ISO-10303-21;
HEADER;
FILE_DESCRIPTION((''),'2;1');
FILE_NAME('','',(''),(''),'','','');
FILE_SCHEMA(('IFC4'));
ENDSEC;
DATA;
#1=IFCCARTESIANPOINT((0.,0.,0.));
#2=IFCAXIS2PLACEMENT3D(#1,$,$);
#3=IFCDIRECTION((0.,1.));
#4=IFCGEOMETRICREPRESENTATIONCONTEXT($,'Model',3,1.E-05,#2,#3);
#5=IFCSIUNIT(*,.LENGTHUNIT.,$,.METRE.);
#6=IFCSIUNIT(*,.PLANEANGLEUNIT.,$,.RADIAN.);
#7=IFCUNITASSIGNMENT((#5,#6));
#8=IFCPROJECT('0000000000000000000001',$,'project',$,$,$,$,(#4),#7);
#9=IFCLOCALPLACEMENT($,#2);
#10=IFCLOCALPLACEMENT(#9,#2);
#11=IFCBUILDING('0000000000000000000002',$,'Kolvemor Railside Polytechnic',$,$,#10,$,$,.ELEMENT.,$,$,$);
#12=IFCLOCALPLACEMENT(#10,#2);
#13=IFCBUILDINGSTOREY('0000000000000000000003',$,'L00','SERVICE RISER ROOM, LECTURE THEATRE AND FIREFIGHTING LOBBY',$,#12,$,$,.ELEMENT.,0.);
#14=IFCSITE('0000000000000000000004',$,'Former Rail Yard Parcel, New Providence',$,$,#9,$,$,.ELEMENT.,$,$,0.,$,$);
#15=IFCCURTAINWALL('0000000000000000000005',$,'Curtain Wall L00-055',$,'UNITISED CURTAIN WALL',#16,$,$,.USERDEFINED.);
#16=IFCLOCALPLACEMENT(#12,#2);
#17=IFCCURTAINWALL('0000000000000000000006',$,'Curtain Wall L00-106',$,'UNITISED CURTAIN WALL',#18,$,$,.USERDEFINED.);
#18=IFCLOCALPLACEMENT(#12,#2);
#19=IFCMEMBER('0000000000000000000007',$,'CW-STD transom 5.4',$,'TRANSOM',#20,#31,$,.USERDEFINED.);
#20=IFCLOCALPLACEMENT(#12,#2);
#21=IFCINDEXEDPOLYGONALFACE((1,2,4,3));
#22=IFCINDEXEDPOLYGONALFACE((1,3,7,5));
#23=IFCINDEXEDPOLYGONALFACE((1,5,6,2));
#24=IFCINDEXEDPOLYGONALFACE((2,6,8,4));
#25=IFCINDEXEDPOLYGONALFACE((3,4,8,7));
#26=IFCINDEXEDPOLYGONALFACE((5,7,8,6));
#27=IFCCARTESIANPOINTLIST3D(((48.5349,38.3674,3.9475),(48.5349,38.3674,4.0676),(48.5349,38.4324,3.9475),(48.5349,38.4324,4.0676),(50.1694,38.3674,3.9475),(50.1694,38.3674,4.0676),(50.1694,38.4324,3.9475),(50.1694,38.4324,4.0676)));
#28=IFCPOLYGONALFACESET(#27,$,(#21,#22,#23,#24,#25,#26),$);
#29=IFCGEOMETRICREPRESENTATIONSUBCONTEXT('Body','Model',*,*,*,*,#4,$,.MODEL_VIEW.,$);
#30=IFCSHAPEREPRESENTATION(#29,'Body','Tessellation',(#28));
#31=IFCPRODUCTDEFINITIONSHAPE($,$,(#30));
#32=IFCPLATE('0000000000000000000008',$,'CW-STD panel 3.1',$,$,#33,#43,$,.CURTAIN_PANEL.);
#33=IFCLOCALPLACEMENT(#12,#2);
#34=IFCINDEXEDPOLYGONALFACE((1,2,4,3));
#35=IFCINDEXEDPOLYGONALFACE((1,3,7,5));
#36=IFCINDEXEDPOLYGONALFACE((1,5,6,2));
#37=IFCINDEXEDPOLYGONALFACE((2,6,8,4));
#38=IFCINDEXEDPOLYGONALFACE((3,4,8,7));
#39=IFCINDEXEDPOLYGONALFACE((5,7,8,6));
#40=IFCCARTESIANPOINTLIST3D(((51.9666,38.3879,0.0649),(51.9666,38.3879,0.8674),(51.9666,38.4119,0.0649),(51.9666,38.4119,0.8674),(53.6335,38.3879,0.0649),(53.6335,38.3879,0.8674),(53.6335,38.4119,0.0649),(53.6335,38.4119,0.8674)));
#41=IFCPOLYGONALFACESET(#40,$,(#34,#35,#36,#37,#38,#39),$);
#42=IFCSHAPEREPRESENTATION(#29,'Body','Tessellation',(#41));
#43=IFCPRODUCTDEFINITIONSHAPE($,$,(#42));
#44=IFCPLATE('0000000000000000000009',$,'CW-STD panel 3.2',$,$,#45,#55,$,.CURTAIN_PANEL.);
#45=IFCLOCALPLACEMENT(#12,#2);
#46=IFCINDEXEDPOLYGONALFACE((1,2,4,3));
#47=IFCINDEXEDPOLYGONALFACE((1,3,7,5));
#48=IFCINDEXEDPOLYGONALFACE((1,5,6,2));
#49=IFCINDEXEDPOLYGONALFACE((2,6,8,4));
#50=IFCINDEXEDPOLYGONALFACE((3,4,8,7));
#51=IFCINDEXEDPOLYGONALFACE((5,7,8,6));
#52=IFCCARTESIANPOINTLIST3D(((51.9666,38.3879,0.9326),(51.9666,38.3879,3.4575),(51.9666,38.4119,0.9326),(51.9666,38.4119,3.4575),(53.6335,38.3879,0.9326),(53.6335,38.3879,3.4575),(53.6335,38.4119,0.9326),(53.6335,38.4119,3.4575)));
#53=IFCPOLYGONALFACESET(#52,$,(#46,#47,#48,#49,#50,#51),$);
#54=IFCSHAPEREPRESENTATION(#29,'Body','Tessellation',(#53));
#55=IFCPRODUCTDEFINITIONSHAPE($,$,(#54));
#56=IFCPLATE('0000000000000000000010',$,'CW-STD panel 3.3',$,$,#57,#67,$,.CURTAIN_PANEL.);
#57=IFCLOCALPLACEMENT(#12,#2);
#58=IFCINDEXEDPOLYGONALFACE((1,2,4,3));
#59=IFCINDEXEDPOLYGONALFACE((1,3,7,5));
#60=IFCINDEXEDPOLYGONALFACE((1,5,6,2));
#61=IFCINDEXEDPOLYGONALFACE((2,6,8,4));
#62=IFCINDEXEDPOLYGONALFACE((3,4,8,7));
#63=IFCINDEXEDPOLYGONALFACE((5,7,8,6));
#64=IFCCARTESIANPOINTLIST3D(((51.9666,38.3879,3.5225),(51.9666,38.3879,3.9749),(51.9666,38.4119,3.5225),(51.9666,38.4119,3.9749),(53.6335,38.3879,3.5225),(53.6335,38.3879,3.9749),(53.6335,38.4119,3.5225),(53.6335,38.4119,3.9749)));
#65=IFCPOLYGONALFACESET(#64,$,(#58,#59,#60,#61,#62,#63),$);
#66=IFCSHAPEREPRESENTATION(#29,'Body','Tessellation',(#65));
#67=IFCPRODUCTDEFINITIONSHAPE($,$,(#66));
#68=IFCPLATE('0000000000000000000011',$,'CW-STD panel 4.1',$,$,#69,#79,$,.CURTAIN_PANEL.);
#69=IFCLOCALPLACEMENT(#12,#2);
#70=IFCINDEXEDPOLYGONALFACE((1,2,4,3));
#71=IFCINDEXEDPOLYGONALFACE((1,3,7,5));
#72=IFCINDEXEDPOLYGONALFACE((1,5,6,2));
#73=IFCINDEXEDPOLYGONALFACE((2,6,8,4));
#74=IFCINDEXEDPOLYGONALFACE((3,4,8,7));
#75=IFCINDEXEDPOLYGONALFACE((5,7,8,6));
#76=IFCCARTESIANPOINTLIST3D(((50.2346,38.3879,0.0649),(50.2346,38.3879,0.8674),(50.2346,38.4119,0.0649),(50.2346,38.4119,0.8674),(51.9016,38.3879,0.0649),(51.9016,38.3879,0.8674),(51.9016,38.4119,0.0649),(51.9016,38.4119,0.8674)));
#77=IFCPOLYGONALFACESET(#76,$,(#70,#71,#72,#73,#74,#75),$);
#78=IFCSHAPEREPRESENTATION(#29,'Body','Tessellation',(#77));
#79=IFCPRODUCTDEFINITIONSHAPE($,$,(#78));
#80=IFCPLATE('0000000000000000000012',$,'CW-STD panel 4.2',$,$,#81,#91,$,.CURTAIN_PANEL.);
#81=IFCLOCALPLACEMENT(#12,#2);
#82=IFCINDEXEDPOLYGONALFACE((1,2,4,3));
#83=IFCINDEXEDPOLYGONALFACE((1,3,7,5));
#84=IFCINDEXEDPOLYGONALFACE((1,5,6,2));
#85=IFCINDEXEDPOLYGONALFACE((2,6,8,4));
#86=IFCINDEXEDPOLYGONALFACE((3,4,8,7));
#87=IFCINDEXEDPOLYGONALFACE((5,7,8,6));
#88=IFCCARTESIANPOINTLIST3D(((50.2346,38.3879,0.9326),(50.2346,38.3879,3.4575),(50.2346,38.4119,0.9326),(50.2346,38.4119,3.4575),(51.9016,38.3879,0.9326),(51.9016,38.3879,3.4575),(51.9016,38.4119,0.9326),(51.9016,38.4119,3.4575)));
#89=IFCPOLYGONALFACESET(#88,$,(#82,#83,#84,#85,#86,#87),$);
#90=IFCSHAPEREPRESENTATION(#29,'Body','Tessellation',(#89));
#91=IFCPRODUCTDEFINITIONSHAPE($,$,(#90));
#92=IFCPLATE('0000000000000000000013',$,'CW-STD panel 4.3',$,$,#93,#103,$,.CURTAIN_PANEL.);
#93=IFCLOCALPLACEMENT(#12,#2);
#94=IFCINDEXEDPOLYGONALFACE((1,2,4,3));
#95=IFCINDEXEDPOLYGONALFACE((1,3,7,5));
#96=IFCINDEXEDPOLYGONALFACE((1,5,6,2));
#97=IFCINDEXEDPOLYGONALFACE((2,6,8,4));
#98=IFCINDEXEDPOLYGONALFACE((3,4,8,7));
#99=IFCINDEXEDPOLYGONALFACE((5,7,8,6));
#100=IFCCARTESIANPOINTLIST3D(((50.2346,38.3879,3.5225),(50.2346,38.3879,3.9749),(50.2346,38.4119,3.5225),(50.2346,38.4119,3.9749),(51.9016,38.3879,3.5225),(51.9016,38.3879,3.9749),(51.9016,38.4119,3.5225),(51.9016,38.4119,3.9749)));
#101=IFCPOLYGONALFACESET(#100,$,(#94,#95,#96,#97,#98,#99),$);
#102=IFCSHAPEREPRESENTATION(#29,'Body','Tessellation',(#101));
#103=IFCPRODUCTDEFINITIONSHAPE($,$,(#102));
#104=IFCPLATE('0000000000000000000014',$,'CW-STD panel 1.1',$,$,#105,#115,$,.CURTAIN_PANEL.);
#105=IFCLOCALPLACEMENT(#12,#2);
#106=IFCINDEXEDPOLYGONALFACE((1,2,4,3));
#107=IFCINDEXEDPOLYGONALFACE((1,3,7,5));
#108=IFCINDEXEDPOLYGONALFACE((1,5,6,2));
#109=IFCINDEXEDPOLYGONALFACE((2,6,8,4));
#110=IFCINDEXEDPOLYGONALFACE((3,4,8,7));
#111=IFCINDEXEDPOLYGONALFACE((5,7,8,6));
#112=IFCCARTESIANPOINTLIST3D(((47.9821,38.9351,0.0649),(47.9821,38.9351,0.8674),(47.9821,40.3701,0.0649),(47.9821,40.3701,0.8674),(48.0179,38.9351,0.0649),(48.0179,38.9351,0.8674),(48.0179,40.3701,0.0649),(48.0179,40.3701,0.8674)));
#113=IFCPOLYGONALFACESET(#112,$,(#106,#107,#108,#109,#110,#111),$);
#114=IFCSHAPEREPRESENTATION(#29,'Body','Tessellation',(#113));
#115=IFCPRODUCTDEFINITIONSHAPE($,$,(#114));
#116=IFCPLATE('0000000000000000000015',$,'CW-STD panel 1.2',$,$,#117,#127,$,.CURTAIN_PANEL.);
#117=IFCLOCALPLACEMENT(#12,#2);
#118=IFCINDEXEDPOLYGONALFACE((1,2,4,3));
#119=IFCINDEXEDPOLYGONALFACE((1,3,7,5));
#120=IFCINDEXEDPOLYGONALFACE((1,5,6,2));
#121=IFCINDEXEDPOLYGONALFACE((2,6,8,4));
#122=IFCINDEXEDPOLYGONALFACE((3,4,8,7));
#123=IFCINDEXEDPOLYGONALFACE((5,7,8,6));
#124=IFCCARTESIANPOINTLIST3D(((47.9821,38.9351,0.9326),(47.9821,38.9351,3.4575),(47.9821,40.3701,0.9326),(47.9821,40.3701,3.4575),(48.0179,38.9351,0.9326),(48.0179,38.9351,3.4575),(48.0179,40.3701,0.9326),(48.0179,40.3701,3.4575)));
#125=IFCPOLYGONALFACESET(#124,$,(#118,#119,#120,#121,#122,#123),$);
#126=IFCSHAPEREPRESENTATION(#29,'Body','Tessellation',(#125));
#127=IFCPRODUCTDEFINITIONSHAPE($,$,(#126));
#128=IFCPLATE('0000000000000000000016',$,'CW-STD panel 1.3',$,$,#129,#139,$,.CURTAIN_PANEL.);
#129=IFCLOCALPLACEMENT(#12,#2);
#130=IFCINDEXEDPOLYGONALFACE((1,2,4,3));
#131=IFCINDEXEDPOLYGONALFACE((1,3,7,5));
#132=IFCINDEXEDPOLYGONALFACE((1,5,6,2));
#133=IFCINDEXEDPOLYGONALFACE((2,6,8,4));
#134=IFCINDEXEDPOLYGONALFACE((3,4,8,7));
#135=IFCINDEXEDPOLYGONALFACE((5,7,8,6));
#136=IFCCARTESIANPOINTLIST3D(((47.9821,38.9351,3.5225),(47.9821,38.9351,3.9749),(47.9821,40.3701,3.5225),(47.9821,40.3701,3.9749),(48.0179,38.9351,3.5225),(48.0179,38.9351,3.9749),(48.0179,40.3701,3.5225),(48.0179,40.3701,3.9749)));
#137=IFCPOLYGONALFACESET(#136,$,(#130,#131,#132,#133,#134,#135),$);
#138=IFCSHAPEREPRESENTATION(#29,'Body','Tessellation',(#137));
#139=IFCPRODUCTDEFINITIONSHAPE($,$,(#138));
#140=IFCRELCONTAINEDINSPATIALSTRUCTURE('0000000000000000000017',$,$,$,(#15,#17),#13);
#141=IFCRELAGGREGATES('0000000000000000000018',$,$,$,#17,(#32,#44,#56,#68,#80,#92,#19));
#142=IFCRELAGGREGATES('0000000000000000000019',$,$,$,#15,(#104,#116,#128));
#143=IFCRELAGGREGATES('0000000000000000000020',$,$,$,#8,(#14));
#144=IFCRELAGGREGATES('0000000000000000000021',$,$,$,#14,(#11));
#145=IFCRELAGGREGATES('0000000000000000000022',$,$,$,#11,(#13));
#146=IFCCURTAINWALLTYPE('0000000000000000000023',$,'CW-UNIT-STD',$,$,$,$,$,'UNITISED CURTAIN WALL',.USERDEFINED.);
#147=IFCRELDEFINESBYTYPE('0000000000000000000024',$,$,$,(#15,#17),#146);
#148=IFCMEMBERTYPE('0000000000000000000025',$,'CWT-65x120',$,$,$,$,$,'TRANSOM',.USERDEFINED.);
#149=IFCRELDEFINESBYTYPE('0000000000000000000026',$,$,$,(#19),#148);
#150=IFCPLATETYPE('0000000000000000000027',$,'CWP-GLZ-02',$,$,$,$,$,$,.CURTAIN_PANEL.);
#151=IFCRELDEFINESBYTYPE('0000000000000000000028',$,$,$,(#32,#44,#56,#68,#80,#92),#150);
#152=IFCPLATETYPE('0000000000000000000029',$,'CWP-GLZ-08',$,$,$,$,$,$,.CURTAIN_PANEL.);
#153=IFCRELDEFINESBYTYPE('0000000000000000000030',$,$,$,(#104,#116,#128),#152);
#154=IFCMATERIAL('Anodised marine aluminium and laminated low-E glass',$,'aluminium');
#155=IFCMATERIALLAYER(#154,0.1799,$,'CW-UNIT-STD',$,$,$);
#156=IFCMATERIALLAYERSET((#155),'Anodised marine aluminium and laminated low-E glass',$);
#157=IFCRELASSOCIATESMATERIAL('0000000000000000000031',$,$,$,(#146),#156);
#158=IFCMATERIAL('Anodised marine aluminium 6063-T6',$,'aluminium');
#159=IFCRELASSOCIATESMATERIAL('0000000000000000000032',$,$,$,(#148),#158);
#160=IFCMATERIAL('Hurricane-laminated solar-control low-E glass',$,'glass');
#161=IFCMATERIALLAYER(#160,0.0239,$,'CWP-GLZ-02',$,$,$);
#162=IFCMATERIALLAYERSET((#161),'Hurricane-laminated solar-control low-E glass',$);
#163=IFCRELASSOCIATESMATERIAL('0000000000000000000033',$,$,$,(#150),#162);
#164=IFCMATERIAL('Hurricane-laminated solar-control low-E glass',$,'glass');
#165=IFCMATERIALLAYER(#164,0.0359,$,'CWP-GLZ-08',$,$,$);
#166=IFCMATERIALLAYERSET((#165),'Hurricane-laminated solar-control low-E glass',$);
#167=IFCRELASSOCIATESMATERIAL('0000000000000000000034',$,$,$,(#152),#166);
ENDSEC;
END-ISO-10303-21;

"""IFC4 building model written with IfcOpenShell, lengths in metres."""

from ifc_helpers import new_model, si_unit, direction, frame, origin, origin_2d, place, context, subcontext, project, spatial, rectangle, extrude, material, layer, layer_set, material_profile, profile_set, type_object, element, aggregate, save


model = new_model("IFC4")

# Units and contexts
model_context = context("Model", 3, precision=1e-05, world=origin(), true_north=direction((0.0, 1.0)))
body_context = subcontext(model_context, "Body", "Model", "MODEL_VIEW")
ifc_project = project(units=[si_unit("LENGTHUNIT", "METRE"), si_unit("PLANEANGLEUNIT", "RADIAN")], contexts=[model_context])

# Site, building, storey
site_placement = place(None, origin())
site = spatial("IfcSite", under=ifc_project, at=site_placement, Name="Former Rail Yard Parcel, New Providence", CompositionType="ELEMENT", RefElevation=0.0)
building_placement = place(site_placement, origin())
building = spatial("IfcBuilding", under=site, at=building_placement, Name="Kolvemor Railside Polytechnic", CompositionType="ELEMENT")
storey_placement = place(building_placement, origin())
storey = spatial("IfcBuildingStorey", under=building, at=storey_placement, Name="L00", Description="SERVICE RISER ROOM, LECTURE THEATRE AND FIREFIGHTING LOBBY", CompositionType="ELEMENT", Elevation=0.0)

# Curtain walls
ifc_material_1 = material(Name="Anodised marine aluminium and laminated low-E glass", Category="aluminium")
ifc_layer_1 = layer(ifc_material_1, 0.1799, Name="CW-UNIT-STD")
ifc_layer_set_1 = layer_set([ifc_layer_1], Name="Anodised marine aluminium and laminated low-E glass")
curtain_wall_type = type_object("IfcCurtainWallType", Name="CW-UNIT-STD", ElementType="UNITISED CURTAIN WALL", PredefinedType="USERDEFINED", material=ifc_layer_set_1)
curtain_wall_1_placement = place(storey_placement, origin())
curtain_wall_1 = element("IfcCurtainWall", 1, at=curtain_wall_1_placement, inside=storey, type_object=curtain_wall_type, Name="Curtain Wall L00-055", ObjectType="UNITISED CURTAIN WALL", PredefinedType="USERDEFINED")
curtain_wall_2_placement = place(storey_placement, origin())
curtain_wall_2 = element("IfcCurtainWall", 2, at=curtain_wall_2_placement, inside=storey, type_object=curtain_wall_type, Name="Curtain Wall L00-106", ObjectType="UNITISED CURTAIN WALL", PredefinedType="USERDEFINED")

# Member
ifc_material_2 = material(Name="Anodised marine aluminium 6063-T6", Category="aluminium")
ifc_material_profile_1 = material_profile(ifc_material_2, rectangle(XDim=0.0649, YDim=0.1201, at=origin_2d()), Name="CW-TRN-65x120")
ifc_profile_set_1 = profile_set([ifc_material_profile_1], Name="Anodised marine aluminium 6063-T6")
member_type_1 = type_object("IfcMemberType", Name="CWT-65x120", ElementType="TRANSOM", PredefinedType="USERDEFINED", material=ifc_profile_set_1)
member_1_placement = place(storey_placement, frame((50.1694, 38.3999, 4.0076), z_axis=(-1.0, 0.0, 0.0), x_axis=(0.0, -1.0, 0.0)))
member_1 = element("IfcMember", 3, at=member_1_placement, type_object=member_type_1, Name="CW-STD transom 5.4", ObjectType="TRANSOM", PredefinedType="USERDEFINED", context=body_context, shape_type="SweptSolid", body=[
    extrude(rectangle(XDim=0.0649, YDim=0.1201, at=origin_2d()), origin(), (0.0, 0.0, 1.0), 1.6345),
])

# Plates
ifc_material_3 = material(Name="Hurricane-laminated solar-control low-E glass", Category="glass")
ifc_layer_2 = layer(ifc_material_3, 0.0239, Name="CWP-GLZ-02")
ifc_layer_set_2 = layer_set([ifc_layer_2], Name="Hurricane-laminated solar-control low-E glass")
plate_type_1 = type_object("IfcPlateType", Name="CWP-GLZ-02", PredefinedType="CURTAIN_PANEL", material=ifc_layer_set_2)
plate_1_placement = place(storey_placement, frame((52.8, 38.3999, 0.0649), z_axis=(0.0, 0.0, 1.0), x_axis=(-1.0, 0.0, 0.0)))
plate_1 = element("IfcPlate", 4, at=plate_1_placement, type_object=plate_type_1, Name="CW-STD panel 3.1", PredefinedType="CURTAIN_PANEL", context=body_context, shape_type="SweptSolid", body=[
    extrude(rectangle(XDim=1.667, YDim=0.0239, at=origin_2d()), origin(), (0.0, 0.0, 1.0), 0.8025),
])
plate_2_placement = place(storey_placement, frame((52.8, 38.3999, 0.9326), z_axis=(0.0, 0.0, 1.0), x_axis=(-1.0, 0.0, 0.0)))
plate_2 = element("IfcPlate", 5, at=plate_2_placement, type_object=plate_type_1, Name="CW-STD panel 3.2", PredefinedType="CURTAIN_PANEL", context=body_context, shape_type="SweptSolid", body=[
    extrude(rectangle(XDim=1.667, YDim=0.0239, at=origin_2d()), origin(), (0.0, 0.0, 1.0), 2.5249),
])
plate_3_placement = place(storey_placement, frame((52.8, 38.3999, 3.5225), z_axis=(0.0, 0.0, 1.0), x_axis=(-1.0, 0.0, 0.0)))
plate_3 = element("IfcPlate", 6, at=plate_3_placement, type_object=plate_type_1, Name="CW-STD panel 3.3", PredefinedType="CURTAIN_PANEL", context=body_context, shape_type="SweptSolid", body=[
    extrude(rectangle(XDim=1.667, YDim=0.0239, at=origin_2d()), origin(), (0.0, 0.0, 1.0), 0.4524),
])
plate_4_placement = place(storey_placement, frame((51.0681, 38.3999, 0.0649), z_axis=(0.0, 0.0, 1.0), x_axis=(-1.0, 0.0, 0.0)))
plate_4 = element("IfcPlate", 7, at=plate_4_placement, type_object=plate_type_1, Name="CW-STD panel 4.1", PredefinedType="CURTAIN_PANEL", context=body_context, shape_type="SweptSolid", body=[
    extrude(rectangle(XDim=1.667, YDim=0.0239, at=origin_2d()), origin(), (0.0, 0.0, 1.0), 0.8025),
])
plate_5_placement = place(storey_placement, frame((51.0681, 38.3999, 0.9326), z_axis=(0.0, 0.0, 1.0), x_axis=(-1.0, 0.0, 0.0)))
plate_5 = element("IfcPlate", 8, at=plate_5_placement, type_object=plate_type_1, Name="CW-STD panel 4.2", PredefinedType="CURTAIN_PANEL", context=body_context, shape_type="SweptSolid", body=[
    extrude(rectangle(XDim=1.667, YDim=0.0239, at=origin_2d()), origin(), (0.0, 0.0, 1.0), 2.5249),
])
plate_6_placement = place(storey_placement, frame((51.0681, 38.3999, 3.5225), z_axis=(0.0, 0.0, 1.0), x_axis=(-1.0, 0.0, 0.0)))
plate_6 = element("IfcPlate", 9, at=plate_6_placement, type_object=plate_type_1, Name="CW-STD panel 4.3", PredefinedType="CURTAIN_PANEL", context=body_context, shape_type="SweptSolid", body=[
    extrude(rectangle(XDim=1.667, YDim=0.0239, at=origin_2d()), origin(), (0.0, 0.0, 1.0), 0.4524),
])
aggregate(curtain_wall_2, [plate_1, plate_2, plate_3, plate_4, plate_5, plate_6, member_1])
ifc_material_4 = material(Name="Hurricane-laminated solar-control low-E glass", Category="glass")
ifc_layer_3 = layer(ifc_material_4, 0.0359, Name="CWP-GLZ-08")
ifc_layer_set_3 = layer_set([ifc_layer_3], Name="Hurricane-laminated solar-control low-E glass")
plate_type_2 = type_object("IfcPlateType", Name="CWP-GLZ-08", PredefinedType="CURTAIN_PANEL", material=ifc_layer_set_3)
plate_7_placement = place(storey_placement, frame((48.0, 39.6526, 0.0649), z_axis=(0.0, 0.0, 1.0), x_axis=(0.0, 1.0, 0.0)))
plate_7 = element("IfcPlate", 10, at=plate_7_placement, type_object=plate_type_2, Name="CW-STD panel 1.1", PredefinedType="CURTAIN_PANEL", context=body_context, shape_type="SweptSolid", body=[
    extrude(rectangle(XDim=1.4351, YDim=0.0359, at=origin_2d()), origin(), (0.0, 0.0, 1.0), 0.8025),
])
plate_8_placement = place(storey_placement, frame((48.0, 39.6526, 0.9326), z_axis=(0.0, 0.0, 1.0), x_axis=(0.0, 1.0, 0.0)))
plate_8 = element("IfcPlate", 11, at=plate_8_placement, type_object=plate_type_2, Name="CW-STD panel 1.2", PredefinedType="CURTAIN_PANEL", context=body_context, shape_type="SweptSolid", body=[
    extrude(rectangle(XDim=1.4351, YDim=0.0359, at=origin_2d()), origin(), (0.0, 0.0, 1.0), 2.5249),
])
plate_9_placement = place(storey_placement, frame((48.0, 39.6526, 3.5225), z_axis=(0.0, 0.0, 1.0), x_axis=(0.0, 1.0, 0.0)))
plate_9 = element("IfcPlate", 12, at=plate_9_placement, type_object=plate_type_2, Name="CW-STD panel 1.3", PredefinedType="CURTAIN_PANEL", context=body_context, shape_type="SweptSolid", body=[
    extrude(rectangle(XDim=1.4351, YDim=0.0359, at=origin_2d()), origin(), (0.0, 0.0, 1.0), 0.4524),
])
aggregate(curtain_wall_1, [plate_7, plate_8, plate_9])

save(model, "model.ifc")
